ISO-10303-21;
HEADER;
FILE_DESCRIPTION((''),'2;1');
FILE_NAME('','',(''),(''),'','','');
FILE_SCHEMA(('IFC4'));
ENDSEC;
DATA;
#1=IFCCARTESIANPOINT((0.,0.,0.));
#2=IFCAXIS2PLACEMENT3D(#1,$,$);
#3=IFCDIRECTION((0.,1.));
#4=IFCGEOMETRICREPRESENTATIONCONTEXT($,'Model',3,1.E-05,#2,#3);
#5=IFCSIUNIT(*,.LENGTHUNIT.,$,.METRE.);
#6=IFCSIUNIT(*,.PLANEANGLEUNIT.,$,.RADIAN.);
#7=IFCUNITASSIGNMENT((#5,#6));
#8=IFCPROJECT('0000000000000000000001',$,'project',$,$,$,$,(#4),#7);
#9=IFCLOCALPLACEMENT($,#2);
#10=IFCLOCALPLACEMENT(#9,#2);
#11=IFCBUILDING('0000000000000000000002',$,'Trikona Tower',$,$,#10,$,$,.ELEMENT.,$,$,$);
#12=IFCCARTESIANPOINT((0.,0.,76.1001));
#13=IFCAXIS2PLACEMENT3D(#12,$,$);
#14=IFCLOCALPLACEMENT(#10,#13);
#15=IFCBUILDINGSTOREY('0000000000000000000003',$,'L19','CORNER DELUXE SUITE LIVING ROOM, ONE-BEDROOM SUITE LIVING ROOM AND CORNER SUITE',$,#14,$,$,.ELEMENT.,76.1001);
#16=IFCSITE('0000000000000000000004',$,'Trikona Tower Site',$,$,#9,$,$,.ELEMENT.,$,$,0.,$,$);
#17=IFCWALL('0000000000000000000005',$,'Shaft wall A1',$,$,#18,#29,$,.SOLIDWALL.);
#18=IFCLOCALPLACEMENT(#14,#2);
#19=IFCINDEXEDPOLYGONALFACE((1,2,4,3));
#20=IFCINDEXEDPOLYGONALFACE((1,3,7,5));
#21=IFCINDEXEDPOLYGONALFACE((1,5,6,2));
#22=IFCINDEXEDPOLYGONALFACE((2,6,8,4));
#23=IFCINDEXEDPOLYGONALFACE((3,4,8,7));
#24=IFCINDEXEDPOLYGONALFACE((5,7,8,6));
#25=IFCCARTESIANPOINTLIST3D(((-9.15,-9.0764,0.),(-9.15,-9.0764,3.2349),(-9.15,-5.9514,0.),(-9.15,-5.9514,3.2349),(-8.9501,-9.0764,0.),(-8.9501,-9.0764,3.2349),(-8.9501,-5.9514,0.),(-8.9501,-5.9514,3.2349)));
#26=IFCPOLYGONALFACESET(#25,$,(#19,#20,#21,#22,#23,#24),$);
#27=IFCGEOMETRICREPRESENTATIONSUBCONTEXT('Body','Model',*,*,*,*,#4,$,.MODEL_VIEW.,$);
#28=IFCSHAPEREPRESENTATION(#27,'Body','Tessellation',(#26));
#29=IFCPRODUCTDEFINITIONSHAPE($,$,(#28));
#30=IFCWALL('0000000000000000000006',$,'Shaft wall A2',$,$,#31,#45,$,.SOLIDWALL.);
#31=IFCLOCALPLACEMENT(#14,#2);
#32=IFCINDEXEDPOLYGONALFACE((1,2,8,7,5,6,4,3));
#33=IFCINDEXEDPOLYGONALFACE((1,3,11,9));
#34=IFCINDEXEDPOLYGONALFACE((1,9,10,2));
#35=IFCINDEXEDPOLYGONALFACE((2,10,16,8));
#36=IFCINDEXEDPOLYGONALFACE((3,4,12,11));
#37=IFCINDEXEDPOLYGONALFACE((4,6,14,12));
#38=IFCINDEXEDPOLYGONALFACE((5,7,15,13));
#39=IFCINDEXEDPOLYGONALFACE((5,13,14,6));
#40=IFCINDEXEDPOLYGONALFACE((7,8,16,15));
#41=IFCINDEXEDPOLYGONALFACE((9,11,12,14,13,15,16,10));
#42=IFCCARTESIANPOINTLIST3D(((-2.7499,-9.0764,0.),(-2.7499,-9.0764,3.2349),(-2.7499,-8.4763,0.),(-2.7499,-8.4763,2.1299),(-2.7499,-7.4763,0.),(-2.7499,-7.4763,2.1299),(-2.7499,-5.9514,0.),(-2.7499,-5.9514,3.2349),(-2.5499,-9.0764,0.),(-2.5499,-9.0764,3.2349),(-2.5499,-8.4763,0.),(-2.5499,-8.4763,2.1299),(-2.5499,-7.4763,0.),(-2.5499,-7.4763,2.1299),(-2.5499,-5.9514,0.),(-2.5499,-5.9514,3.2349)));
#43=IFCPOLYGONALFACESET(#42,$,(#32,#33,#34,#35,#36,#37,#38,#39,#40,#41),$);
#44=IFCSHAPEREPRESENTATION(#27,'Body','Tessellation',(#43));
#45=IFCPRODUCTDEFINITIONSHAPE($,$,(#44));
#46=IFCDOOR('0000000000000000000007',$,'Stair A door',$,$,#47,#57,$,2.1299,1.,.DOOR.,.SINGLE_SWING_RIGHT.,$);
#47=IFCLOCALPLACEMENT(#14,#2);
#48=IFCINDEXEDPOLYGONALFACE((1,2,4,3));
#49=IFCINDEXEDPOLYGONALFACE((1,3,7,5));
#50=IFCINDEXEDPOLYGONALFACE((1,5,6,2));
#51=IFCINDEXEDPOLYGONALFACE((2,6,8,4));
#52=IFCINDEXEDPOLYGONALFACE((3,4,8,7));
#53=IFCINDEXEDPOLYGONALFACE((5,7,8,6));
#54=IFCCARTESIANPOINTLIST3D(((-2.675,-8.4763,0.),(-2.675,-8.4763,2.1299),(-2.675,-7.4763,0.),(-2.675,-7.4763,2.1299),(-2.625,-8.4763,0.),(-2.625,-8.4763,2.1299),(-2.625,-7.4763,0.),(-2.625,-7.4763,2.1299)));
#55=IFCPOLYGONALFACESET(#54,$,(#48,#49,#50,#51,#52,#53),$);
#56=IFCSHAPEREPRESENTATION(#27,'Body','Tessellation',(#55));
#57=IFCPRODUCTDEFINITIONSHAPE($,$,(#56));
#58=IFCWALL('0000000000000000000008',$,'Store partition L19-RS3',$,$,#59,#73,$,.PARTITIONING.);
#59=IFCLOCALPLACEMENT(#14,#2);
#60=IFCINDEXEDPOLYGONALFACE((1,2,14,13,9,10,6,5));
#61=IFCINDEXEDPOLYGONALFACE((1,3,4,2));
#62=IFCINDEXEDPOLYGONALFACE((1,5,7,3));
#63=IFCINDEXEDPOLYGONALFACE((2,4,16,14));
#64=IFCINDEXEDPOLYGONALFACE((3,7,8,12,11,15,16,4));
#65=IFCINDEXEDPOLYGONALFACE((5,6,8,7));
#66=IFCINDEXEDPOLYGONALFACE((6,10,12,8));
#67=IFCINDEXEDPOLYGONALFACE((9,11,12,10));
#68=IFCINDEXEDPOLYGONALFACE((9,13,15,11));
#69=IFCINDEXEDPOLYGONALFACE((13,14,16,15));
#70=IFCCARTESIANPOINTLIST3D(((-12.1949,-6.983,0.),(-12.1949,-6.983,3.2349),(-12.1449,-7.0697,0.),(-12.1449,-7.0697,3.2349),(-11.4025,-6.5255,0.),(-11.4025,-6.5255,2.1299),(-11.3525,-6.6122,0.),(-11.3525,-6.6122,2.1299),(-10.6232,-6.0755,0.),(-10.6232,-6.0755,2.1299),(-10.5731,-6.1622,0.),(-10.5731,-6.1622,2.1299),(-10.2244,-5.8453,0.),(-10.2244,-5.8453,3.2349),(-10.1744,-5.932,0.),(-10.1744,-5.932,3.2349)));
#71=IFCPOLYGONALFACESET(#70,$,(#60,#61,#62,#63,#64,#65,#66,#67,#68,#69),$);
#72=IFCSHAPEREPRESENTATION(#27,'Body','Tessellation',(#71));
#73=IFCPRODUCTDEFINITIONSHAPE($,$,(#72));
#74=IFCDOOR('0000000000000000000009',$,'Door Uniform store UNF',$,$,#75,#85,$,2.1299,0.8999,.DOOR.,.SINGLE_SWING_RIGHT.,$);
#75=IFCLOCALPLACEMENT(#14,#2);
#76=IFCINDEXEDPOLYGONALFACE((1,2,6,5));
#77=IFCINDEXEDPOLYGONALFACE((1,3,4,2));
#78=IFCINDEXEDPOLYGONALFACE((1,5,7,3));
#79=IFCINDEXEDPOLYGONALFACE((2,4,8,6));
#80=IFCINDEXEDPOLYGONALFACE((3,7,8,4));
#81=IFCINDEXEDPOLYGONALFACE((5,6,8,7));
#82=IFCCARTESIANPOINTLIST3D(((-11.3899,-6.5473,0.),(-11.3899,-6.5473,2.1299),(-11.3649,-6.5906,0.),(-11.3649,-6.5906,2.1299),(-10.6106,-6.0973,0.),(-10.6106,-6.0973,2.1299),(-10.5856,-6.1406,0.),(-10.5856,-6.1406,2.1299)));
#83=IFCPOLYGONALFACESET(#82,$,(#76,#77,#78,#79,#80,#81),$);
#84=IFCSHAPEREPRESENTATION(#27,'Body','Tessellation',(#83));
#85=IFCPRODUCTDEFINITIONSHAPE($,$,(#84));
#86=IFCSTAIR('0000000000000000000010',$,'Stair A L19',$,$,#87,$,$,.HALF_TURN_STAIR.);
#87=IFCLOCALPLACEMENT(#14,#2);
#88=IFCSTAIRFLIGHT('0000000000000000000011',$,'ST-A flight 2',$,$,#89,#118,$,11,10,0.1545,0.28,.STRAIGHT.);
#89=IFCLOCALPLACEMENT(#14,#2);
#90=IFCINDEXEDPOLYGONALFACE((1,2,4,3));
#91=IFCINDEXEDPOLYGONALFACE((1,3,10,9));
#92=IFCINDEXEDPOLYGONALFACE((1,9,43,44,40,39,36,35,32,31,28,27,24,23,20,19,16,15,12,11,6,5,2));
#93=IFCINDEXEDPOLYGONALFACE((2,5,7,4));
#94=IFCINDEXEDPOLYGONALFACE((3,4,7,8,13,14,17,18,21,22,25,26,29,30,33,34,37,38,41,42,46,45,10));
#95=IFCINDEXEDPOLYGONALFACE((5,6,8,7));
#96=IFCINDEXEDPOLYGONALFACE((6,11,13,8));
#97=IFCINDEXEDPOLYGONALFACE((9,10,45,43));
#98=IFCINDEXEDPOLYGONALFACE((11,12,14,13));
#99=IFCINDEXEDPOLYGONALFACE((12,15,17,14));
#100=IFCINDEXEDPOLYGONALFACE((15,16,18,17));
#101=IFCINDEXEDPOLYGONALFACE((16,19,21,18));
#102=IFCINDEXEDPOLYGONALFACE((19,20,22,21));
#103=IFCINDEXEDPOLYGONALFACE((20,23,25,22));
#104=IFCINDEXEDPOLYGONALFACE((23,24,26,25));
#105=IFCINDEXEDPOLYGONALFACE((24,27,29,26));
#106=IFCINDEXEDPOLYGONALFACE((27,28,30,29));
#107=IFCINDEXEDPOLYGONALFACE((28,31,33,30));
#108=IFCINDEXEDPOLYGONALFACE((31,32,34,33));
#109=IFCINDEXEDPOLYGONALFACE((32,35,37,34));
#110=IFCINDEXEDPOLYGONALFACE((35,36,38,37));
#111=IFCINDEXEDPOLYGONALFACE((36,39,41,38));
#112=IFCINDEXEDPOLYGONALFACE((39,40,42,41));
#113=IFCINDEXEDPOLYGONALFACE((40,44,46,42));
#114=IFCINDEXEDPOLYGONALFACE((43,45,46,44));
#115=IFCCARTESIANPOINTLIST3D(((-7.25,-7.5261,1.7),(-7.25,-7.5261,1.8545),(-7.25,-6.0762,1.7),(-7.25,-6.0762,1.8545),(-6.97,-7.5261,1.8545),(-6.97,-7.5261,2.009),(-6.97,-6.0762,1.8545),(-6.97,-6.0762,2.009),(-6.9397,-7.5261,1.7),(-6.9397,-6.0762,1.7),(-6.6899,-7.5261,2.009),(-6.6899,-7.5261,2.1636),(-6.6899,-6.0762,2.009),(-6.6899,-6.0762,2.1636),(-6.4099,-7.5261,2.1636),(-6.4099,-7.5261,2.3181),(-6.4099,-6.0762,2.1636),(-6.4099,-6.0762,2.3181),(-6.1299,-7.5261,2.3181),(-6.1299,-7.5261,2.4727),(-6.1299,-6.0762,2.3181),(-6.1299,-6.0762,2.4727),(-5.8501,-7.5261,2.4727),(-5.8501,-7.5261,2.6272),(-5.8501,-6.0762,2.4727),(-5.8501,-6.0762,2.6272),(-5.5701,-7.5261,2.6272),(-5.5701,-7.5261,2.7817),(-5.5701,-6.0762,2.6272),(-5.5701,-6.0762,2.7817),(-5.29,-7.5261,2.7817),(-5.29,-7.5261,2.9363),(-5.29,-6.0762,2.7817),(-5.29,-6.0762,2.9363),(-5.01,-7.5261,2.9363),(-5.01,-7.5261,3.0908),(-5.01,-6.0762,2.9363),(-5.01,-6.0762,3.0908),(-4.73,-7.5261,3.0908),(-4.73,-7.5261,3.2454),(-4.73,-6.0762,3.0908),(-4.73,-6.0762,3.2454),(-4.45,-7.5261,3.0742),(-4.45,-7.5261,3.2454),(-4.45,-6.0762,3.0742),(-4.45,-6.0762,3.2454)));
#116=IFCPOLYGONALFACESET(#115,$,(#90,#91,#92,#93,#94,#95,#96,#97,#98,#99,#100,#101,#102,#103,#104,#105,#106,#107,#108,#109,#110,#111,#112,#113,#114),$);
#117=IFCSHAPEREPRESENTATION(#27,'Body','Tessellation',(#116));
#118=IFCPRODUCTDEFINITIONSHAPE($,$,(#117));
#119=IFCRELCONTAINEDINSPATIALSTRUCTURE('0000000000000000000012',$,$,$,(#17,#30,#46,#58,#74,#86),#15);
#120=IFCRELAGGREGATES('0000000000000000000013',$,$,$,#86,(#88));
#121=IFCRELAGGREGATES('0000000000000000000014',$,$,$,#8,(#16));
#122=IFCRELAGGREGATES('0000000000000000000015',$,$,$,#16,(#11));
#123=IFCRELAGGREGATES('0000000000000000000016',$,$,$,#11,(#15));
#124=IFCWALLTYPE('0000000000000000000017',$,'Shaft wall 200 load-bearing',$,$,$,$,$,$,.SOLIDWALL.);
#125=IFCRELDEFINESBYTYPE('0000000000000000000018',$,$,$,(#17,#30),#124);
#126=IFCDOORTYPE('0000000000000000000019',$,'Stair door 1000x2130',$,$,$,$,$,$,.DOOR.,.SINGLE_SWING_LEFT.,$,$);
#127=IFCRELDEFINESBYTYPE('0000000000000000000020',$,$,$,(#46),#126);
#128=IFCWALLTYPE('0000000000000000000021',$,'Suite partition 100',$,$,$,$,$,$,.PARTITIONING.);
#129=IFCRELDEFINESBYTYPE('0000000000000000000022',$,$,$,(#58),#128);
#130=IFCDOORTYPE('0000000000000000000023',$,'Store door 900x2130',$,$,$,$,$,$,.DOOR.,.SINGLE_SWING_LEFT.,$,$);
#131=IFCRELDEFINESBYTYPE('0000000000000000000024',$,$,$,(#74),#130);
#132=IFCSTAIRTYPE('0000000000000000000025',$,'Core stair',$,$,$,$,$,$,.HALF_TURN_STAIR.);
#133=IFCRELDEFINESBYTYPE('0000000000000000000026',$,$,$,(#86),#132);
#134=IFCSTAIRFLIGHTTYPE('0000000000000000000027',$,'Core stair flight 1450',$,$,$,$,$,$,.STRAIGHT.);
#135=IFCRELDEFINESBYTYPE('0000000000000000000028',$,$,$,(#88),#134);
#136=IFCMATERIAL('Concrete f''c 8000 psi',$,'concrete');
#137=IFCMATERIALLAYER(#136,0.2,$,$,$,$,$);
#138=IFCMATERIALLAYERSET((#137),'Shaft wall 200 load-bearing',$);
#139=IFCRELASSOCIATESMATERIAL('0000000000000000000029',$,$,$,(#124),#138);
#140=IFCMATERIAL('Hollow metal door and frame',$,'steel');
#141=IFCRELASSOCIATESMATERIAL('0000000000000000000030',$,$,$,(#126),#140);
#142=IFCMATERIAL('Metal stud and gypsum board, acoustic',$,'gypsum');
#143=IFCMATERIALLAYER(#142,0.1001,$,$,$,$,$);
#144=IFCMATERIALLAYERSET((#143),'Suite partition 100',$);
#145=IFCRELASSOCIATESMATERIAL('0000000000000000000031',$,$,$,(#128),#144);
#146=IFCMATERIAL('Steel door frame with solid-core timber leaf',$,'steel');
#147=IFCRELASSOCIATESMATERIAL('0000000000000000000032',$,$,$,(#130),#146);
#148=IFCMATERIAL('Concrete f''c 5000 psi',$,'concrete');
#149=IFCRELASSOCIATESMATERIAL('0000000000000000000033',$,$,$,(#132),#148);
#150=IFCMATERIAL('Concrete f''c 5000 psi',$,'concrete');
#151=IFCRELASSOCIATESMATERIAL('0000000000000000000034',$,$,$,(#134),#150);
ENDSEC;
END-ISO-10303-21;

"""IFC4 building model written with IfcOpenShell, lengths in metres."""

from ifc_helpers import new_model, si_unit, direction, frame, frame_2d, origin, place, context, subcontext, project, spatial, polyline, rectangle, outline, extrude, material, layer, layer_set, type_object, element, fill, aggregate, save


model = new_model("IFC4")

# Units and contexts
model_context = context("Model", 3, precision=1e-05, world=origin(), true_north=direction((0.0, 1.0)))
body_context = subcontext(model_context, "Body", "Model", "MODEL_VIEW")
ifc_project = project(units=[si_unit("LENGTHUNIT", "METRE"), si_unit("PLANEANGLEUNIT", "RADIAN")], contexts=[model_context])

# Site, building, storey
site_placement = place(None, origin())
site = spatial("IfcSite", under=ifc_project, at=site_placement, Name="Trikona Tower Site", CompositionType="ELEMENT", RefElevation=0.0)
building_placement = place(site_placement, origin())
building = spatial("IfcBuilding", under=site, at=building_placement, Name="Trikona Tower", CompositionType="ELEMENT")
storey_placement = place(building_placement, frame((0.0, 0.0, 76.1001)))
storey = spatial("IfcBuildingStorey", under=building, at=storey_placement, Name="L19", Description="CORNER DELUXE SUITE LIVING ROOM, ONE-BEDROOM SUITE LIVING ROOM AND CORNER SUITE", CompositionType="ELEMENT", Elevation=76.1001)

# Wall
ifc_material_1 = material(Name="Concrete f'c 8000 psi", Category="concrete")
ifc_layer_1 = layer(ifc_material_1, 0.2)
ifc_layer_set_1 = layer_set([ifc_layer_1], Name="Shaft wall 200 load-bearing")
wall_type_1 = type_object("IfcWallType", Name="Shaft wall 200 load-bearing", PredefinedType="SOLIDWALL", material=ifc_layer_set_1)
wall_1_placement = place(storey_placement, frame((-9.05, -5.9514, 0.0), z_axis=(0.0, 0.0, 1.0), x_axis=(0.0, -1.0, 0.0)))
element("IfcWall", 1, at=wall_1_placement, inside=storey, type_object=wall_type_1, Name="Shaft wall A1", PredefinedType="SOLIDWALL", context=body_context, shape_type="SweptSolid", body=[
    extrude(rectangle(XDim=3.125, YDim=0.2, at=frame_2d((1.5625, 0.0))), origin(), (0.0, 0.0, 1.0), 3.2349),
])

# Walls, openings, doors
wall_2_placement = place(storey_placement, frame((-2.6499, -5.9514, 0.0), z_axis=(0.0, 0.0, 1.0), x_axis=(0.0, -1.0, 0.0)))
wall_2 = element("IfcWall", 2, at=wall_2_placement, inside=storey, type_object=wall_type_1, Name="Shaft wall A2", PredefinedType="SOLIDWALL", context=body_context, shape_type="SweptSolid", body=[
    extrude(rectangle(XDim=3.125, YDim=0.2, at=frame_2d((1.5625, 0.0))), origin(), (0.0, 0.0, 1.0), 3.2349),
])
opening_1_placement = place(wall_2_placement, frame((1.5249, 0.0, 0.0)))
opening_1 = element("IfcOpeningElement", 3, at=opening_1_placement, cuts=wall_2, PredefinedType="OPENING", context=body_context, shape_type="SweptSolid", body=[
    extrude(rectangle(XDim=1.0, YDim=2.1299, at=frame_2d((0.5, 1.0649))), frame((0.0, 0.1099, 0.0), z_axis=(0.0, -1.0, 0.0), x_axis=(1.0, 0.0, 0.0)), (0.0, 0.0, 1.0), 0.22),
])
ifc_material_2 = material(Name="Hollow metal door and frame", Category="steel")
door_type_1 = type_object("IfcDoorType", Name="Stair door 1000x2130", OperationType="SINGLE_SWING_LEFT", PredefinedType="DOOR", material=ifc_material_2)
door_1_placement = place(opening_1_placement, origin())
door_1 = element("IfcDoor", 4, at=door_1_placement, inside=storey, type_object=door_type_1, Name="Stair A door", OperationType="SINGLE_SWING_RIGHT", OverallHeight=2.1299, OverallWidth=1.0, PredefinedType="DOOR", context=body_context, shape_type="SweptSolid", body=[
    extrude(rectangle(XDim=1.0, YDim=2.1299, at=frame_2d((0.5, 1.0649))), frame((0.0, 0.0249, 0.0), z_axis=(0.0, -1.0, 0.0), x_axis=(1.0, 0.0, 0.0)), (0.0, 0.0, 1.0), 0.05),
])
fill(opening_1, door_1)
ifc_material_3 = material(Name="Metal stud and gypsum board, acoustic", Category="gypsum")
ifc_layer_2 = layer(ifc_material_3, 0.1001)
ifc_layer_set_2 = layer_set([ifc_layer_2], Name="Suite partition 100")
wall_type_2 = type_object("IfcWallType", Name="Suite partition 100", PredefinedType="PARTITIONING", material=ifc_layer_set_2)
wall_3_placement = place(storey_placement, frame((-12.1699, -7.0264, 0.0), z_axis=(0.0, 0.0, 1.0), x_axis=(0.866016, 0.500017, 0.0)))
wall_3 = element("IfcWall", 5, at=wall_3_placement, inside=storey, type_object=wall_type_2, Name="Store partition L19-RS3", PredefinedType="PARTITIONING", context=body_context, shape_type="SweptSolid", body=[
    extrude(rectangle(XDim=2.2754, YDim=0.1001, at=frame_2d((1.1377, 0.0))), origin(), (0.0, 0.0, 1.0), 3.2349),
])
opening_2_placement = place(wall_3_placement, frame((0.915, 0.0, 0.0)))
opening_2 = element("IfcOpeningElement", 6, at=opening_2_placement, cuts=wall_3, PredefinedType="OPENING", context=body_context, shape_type="SweptSolid", body=[
    extrude(rectangle(XDim=0.8999, YDim=2.1299, at=frame_2d((0.45, 1.0649))), frame((0.0, 0.0601, 0.0), z_axis=(0.0, -1.0, 0.0), x_axis=(1.0, 0.0, 0.0)), (0.0, 0.0, 1.0), 0.1201),
])
ifc_material_4 = material(Name="Steel door frame with solid-core timber leaf", Category="steel")
door_type_2 = type_object("IfcDoorType", Name="Store door 900x2130", OperationType="SINGLE_SWING_LEFT", PredefinedType="DOOR", material=ifc_material_4)
door_2_placement = place(opening_2_placement, origin())
door_2 = element("IfcDoor", 7, at=door_2_placement, inside=storey, type_object=door_type_2, Name="Door Uniform store UNF", OperationType="SINGLE_SWING_RIGHT", OverallHeight=2.1299, OverallWidth=0.8999, PredefinedType="DOOR", context=body_context, shape_type="SweptSolid", body=[
    extrude(rectangle(XDim=0.8999, YDim=2.1299, at=frame_2d((0.45, 1.0649))), frame((0.0, 0.0249, 0.0), z_axis=(0.0, -1.0, 0.0), x_axis=(1.0, 0.0, 0.0)), (0.0, 0.0, 1.0), 0.05),
])
fill(opening_2, door_2)

# Stair, stair flight
ifc_material_5 = material(Name="Concrete f'c 5000 psi", Category="concrete")
stair_type = type_object("IfcStairType", Name="Core stair", PredefinedType="HALF_TURN_STAIR", material=ifc_material_5)
stair_placement = place(storey_placement, origin())
stair = element("IfcStair", 8, at=stair_placement, inside=storey, type_object=stair_type, Name="Stair A L19", PredefinedType="HALF_TURN_STAIR")
ifc_material_6 = material(Name="Concrete f'c 5000 psi", Category="concrete")
stair_flight_type = type_object("IfcStairFlightType", Name="Core stair flight 1450", PredefinedType="STRAIGHT", material=ifc_material_6)
stair_flight_placement = place(storey_placement, frame((-7.25, -6.8013, 1.7), z_axis=(0.0, 0.0, 1.0), x_axis=(1.0, 0.0, 0.0)))
stair_flight = element("IfcStairFlight", 9, at=stair_flight_placement, type_object=stair_flight_type, Name="ST-A flight 2", NumberOfRisers=11, NumberOfTreads=10, PredefinedType="STRAIGHT", RiserHeight=0.1545, TreadLength=0.28, context=body_context, shape_type="SweptSolid", body=[
    extrude(outline(polyline([(0.0, 0.0), (0.0, 0.1545), (0.28, 0.1545), (0.28, 0.3091), (0.5601, 0.3091), (0.5601, 0.4636), (0.8401, 0.4636), (0.8401, 0.6182), (1.1201, 0.6182), (1.1201, 0.7727), (1.3999, 0.7727), (1.3999, 0.9272), (1.6799, 0.9272), (1.6799, 1.0818), (1.96, 1.0818), (1.96, 1.2363), (2.24, 1.2363), (2.24, 1.3909), (2.52, 1.3909), (2.52, 1.5454), (2.8, 1.5454), (2.8, 1.7), (2.8, 1.3743), (0.3103, 0.0), (0.0, 0.0)])), frame((0.0, 0.7251, 0.0), z_axis=(0.0, -1.0, 0.0), x_axis=(1.0, 0.0, 0.0)), (0.0, 0.0, 1.0), 1.45),
])
aggregate(stair, [stair_flight])

save(model, "model.ifc")
